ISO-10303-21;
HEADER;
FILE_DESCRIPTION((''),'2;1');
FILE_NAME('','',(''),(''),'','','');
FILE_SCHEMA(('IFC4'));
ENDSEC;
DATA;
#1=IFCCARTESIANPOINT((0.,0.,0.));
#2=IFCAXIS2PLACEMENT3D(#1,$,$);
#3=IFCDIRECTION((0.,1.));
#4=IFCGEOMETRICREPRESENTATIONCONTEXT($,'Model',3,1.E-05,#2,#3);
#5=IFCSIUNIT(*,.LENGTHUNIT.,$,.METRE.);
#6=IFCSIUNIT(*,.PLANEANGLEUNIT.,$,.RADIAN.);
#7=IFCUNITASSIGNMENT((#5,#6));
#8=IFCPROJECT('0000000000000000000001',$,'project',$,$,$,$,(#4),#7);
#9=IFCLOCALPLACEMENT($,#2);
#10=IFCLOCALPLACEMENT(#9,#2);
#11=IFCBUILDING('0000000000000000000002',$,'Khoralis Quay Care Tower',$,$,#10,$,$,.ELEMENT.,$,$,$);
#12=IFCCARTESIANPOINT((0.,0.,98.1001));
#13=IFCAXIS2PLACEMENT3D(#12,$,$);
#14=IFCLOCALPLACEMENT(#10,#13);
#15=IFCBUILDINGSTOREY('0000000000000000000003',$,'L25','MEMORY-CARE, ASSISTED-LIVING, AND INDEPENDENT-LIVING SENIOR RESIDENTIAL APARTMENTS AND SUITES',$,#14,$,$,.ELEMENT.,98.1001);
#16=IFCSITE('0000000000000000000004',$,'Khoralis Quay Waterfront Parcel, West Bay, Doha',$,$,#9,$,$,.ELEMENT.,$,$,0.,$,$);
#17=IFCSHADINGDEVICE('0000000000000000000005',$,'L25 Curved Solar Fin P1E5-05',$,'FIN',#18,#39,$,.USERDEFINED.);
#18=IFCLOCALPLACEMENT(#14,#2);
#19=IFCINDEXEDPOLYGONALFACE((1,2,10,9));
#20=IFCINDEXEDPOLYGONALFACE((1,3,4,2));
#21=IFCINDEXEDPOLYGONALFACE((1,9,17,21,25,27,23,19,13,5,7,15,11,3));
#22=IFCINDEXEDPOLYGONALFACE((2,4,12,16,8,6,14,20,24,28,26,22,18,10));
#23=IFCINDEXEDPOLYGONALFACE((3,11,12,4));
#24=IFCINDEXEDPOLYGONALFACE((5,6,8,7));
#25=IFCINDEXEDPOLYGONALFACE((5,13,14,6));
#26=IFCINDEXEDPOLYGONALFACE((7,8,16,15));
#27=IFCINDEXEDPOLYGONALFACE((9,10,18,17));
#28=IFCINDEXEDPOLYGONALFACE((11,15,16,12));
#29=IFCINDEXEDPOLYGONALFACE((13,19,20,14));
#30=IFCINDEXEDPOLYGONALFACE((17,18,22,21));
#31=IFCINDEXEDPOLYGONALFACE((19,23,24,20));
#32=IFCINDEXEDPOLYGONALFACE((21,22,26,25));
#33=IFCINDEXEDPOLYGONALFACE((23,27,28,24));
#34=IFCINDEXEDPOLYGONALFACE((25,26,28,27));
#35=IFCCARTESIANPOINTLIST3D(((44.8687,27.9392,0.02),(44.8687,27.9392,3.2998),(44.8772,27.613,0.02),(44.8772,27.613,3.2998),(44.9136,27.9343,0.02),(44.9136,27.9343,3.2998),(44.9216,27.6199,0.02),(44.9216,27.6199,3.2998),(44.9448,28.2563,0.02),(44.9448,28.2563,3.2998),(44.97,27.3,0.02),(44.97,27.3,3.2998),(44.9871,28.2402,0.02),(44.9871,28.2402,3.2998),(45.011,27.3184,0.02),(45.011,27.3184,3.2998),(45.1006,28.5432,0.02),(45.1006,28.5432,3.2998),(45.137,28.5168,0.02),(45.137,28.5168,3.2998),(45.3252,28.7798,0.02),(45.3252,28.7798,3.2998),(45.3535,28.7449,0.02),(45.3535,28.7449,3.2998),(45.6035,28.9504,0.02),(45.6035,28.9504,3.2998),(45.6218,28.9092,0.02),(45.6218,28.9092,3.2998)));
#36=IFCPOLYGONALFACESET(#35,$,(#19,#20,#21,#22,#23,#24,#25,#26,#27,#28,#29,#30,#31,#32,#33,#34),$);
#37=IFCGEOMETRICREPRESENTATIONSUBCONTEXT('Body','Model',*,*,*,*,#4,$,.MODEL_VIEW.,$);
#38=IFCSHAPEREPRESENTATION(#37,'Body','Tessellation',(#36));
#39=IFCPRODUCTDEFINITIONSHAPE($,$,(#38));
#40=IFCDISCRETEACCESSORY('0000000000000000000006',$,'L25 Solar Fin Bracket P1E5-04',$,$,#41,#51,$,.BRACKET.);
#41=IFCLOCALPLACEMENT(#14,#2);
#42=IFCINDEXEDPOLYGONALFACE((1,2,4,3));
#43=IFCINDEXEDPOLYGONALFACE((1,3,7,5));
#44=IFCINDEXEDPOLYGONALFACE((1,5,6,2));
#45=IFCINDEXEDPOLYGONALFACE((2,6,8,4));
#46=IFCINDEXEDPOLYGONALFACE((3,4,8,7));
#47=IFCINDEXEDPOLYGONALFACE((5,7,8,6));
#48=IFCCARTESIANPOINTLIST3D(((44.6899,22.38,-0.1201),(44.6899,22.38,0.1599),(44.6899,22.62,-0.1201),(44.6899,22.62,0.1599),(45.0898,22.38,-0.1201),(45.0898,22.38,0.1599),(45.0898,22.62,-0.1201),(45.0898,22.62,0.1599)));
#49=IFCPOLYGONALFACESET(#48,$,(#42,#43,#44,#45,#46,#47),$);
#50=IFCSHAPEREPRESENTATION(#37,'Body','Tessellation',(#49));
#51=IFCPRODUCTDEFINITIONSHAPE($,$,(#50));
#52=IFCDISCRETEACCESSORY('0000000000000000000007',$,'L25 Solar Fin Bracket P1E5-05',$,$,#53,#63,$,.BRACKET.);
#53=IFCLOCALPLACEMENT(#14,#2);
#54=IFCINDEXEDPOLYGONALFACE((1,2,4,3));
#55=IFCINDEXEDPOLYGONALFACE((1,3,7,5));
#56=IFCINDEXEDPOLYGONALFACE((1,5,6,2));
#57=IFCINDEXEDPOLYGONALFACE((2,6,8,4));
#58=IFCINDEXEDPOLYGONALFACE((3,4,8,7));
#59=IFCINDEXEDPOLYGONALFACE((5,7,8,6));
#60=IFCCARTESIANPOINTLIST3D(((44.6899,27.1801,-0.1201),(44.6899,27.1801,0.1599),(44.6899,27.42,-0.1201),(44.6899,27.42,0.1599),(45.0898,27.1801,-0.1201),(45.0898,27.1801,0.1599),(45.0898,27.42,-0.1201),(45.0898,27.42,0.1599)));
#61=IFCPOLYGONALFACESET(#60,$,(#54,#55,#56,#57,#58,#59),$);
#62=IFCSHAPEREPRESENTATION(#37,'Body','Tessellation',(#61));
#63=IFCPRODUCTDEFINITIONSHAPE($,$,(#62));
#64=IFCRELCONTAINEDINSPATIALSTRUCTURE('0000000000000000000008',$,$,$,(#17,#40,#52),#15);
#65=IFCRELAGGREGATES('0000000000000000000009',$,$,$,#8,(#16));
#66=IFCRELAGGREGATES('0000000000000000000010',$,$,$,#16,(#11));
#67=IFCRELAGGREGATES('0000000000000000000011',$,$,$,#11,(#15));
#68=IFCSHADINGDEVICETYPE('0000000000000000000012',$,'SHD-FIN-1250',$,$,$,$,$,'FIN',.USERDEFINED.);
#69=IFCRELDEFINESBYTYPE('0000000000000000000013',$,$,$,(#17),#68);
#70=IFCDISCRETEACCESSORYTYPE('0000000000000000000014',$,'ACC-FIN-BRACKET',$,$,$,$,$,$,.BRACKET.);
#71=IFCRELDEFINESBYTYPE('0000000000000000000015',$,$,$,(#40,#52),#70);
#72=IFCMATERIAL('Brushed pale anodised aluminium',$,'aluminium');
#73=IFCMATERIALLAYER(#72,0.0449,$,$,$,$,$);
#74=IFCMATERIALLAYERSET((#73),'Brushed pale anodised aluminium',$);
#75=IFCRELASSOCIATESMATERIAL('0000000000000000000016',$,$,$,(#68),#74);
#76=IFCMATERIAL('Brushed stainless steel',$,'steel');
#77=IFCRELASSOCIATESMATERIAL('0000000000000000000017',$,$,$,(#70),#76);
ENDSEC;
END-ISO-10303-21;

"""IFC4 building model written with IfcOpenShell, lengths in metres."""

from ifc_helpers import new_model, si_unit, direction, frame, origin, origin_2d, place, context, subcontext, project, spatial, polyline, rectangle, outline, extrude, source, transform, mapped, material, layer, layer_set, type_object, element, save


model = new_model("IFC4")

# Units and contexts
model_context = context("Model", 3, precision=1e-05, world=origin(), true_north=direction((0.0, 1.0)))
body_context = subcontext(model_context, "Body", "Model", "MODEL_VIEW")
ifc_project = project(units=[si_unit("LENGTHUNIT", "METRE"), si_unit("PLANEANGLEUNIT", "RADIAN")], contexts=[model_context])

# Site, building, storey
site_placement = place(None, origin())
site = spatial("IfcSite", under=ifc_project, at=site_placement, Name="Khoralis Quay Waterfront Parcel, West Bay, Doha", CompositionType="ELEMENT", RefElevation=0.0)
building_placement = place(site_placement, origin())
building = spatial("IfcBuilding", under=site, at=building_placement, Name="Khoralis Quay Care Tower", CompositionType="ELEMENT")
storey_placement = place(building_placement, frame((0.0, 0.0, 98.1001)))
storey = spatial("IfcBuildingStorey", under=building, at=storey_placement, Name="L25", Description="MEMORY-CARE, ASSISTED-LIVING, AND INDEPENDENT-LIVING SENIOR RESIDENTIAL APARTMENTS AND SUITES", CompositionType="ELEMENT", Elevation=98.1001)

# Shared definitions
ifc_material_1 = material(Name="Brushed stainless steel", Category="steel")

# Shading device
ifc_material_2 = material(Name="Brushed pale anodised aluminium", Category="aluminium")
ifc_layer_1 = layer(ifc_material_2, 0.0449)
ifc_layer_set_1 = layer_set([ifc_layer_1], Name="Brushed pale anodised aluminium")
shading_device_type = type_object("IfcShadingDeviceType", Name="SHD-FIN-1250", ElementType="FIN", PredefinedType="USERDEFINED", material=ifc_layer_set_1)
shared_shape_1 = source(origin(), body_context, "Body", "SweptSolid", [
    extrude(outline(polyline([(0.0, 0.0), (-0.0928, 0.313), (-0.1013, 0.6392), (-0.0251, 0.9563), (0.1306, 1.2432), (0.3552, 1.4797), (0.6335, 1.6504), (0.6519, 1.6091), (0.3835, 1.4448), (0.167, 1.2168), (0.0171, 0.9402), (-0.0564, 0.6343), (-0.0483, 0.3198), (0.041, 0.0183), (0.0, 0.0)])), origin(), (0.0, 0.0, 1.0), 3.2798),
])
for number, where, z_axis, x_axis, name in (
    (1, (44.97, 27.3, 0.02), (0.0, 0.0, 1.0), (1.0, 0.0, 0.0), "L25 Curved Solar Fin P1E5-05"),
):
    element("IfcShadingDevice", number, at=place(storey_placement, frame(where, z_axis=z_axis, x_axis=x_axis)), inside=storey, type_object=shading_device_type, Name=name, ObjectType="FIN", PredefinedType="USERDEFINED", context=body_context, shape_type="MappedRepresentation", body=[
        mapped(shared_shape_1, transform((0.0, 0.0, 0.0), scale=1.0)),
    ])

# Discrete accessories
discrete_accessory_type = type_object("IfcDiscreteAccessoryType", Name="ACC-FIN-BRACKET", PredefinedType="BRACKET", material=ifc_material_1)
shared_shape_2 = source(origin(), body_context, "Body", "SweptSolid", [
    extrude(rectangle(XDim=0.3999, YDim=0.24, at=origin_2d()), origin(), (0.0, 0.0, 1.0), 0.28),
])
for number, where, z_axis, x_axis, name in (
    (2, (44.8899, 22.5, -0.1201), (0.0, 0.0, 1.0), (1.0, 0.0, 0.0), "L25 Solar Fin Bracket P1E5-04"),
    (3, (44.8899, 27.3, -0.1201), (0.0, 0.0, 1.0), (1.0, 0.0, 0.0), "L25 Solar Fin Bracket P1E5-05"),
):
    element("IfcDiscreteAccessory", number, at=place(storey_placement, frame(where, z_axis=z_axis, x_axis=x_axis)), inside=storey, type_object=discrete_accessory_type, Name=name, PredefinedType="BRACKET", context=body_context, shape_type="MappedRepresentation", body=[
        mapped(shared_shape_2, transform((0.0, 0.0, 0.0), scale=1.0)),
    ])

save(model, "model.ifc")
